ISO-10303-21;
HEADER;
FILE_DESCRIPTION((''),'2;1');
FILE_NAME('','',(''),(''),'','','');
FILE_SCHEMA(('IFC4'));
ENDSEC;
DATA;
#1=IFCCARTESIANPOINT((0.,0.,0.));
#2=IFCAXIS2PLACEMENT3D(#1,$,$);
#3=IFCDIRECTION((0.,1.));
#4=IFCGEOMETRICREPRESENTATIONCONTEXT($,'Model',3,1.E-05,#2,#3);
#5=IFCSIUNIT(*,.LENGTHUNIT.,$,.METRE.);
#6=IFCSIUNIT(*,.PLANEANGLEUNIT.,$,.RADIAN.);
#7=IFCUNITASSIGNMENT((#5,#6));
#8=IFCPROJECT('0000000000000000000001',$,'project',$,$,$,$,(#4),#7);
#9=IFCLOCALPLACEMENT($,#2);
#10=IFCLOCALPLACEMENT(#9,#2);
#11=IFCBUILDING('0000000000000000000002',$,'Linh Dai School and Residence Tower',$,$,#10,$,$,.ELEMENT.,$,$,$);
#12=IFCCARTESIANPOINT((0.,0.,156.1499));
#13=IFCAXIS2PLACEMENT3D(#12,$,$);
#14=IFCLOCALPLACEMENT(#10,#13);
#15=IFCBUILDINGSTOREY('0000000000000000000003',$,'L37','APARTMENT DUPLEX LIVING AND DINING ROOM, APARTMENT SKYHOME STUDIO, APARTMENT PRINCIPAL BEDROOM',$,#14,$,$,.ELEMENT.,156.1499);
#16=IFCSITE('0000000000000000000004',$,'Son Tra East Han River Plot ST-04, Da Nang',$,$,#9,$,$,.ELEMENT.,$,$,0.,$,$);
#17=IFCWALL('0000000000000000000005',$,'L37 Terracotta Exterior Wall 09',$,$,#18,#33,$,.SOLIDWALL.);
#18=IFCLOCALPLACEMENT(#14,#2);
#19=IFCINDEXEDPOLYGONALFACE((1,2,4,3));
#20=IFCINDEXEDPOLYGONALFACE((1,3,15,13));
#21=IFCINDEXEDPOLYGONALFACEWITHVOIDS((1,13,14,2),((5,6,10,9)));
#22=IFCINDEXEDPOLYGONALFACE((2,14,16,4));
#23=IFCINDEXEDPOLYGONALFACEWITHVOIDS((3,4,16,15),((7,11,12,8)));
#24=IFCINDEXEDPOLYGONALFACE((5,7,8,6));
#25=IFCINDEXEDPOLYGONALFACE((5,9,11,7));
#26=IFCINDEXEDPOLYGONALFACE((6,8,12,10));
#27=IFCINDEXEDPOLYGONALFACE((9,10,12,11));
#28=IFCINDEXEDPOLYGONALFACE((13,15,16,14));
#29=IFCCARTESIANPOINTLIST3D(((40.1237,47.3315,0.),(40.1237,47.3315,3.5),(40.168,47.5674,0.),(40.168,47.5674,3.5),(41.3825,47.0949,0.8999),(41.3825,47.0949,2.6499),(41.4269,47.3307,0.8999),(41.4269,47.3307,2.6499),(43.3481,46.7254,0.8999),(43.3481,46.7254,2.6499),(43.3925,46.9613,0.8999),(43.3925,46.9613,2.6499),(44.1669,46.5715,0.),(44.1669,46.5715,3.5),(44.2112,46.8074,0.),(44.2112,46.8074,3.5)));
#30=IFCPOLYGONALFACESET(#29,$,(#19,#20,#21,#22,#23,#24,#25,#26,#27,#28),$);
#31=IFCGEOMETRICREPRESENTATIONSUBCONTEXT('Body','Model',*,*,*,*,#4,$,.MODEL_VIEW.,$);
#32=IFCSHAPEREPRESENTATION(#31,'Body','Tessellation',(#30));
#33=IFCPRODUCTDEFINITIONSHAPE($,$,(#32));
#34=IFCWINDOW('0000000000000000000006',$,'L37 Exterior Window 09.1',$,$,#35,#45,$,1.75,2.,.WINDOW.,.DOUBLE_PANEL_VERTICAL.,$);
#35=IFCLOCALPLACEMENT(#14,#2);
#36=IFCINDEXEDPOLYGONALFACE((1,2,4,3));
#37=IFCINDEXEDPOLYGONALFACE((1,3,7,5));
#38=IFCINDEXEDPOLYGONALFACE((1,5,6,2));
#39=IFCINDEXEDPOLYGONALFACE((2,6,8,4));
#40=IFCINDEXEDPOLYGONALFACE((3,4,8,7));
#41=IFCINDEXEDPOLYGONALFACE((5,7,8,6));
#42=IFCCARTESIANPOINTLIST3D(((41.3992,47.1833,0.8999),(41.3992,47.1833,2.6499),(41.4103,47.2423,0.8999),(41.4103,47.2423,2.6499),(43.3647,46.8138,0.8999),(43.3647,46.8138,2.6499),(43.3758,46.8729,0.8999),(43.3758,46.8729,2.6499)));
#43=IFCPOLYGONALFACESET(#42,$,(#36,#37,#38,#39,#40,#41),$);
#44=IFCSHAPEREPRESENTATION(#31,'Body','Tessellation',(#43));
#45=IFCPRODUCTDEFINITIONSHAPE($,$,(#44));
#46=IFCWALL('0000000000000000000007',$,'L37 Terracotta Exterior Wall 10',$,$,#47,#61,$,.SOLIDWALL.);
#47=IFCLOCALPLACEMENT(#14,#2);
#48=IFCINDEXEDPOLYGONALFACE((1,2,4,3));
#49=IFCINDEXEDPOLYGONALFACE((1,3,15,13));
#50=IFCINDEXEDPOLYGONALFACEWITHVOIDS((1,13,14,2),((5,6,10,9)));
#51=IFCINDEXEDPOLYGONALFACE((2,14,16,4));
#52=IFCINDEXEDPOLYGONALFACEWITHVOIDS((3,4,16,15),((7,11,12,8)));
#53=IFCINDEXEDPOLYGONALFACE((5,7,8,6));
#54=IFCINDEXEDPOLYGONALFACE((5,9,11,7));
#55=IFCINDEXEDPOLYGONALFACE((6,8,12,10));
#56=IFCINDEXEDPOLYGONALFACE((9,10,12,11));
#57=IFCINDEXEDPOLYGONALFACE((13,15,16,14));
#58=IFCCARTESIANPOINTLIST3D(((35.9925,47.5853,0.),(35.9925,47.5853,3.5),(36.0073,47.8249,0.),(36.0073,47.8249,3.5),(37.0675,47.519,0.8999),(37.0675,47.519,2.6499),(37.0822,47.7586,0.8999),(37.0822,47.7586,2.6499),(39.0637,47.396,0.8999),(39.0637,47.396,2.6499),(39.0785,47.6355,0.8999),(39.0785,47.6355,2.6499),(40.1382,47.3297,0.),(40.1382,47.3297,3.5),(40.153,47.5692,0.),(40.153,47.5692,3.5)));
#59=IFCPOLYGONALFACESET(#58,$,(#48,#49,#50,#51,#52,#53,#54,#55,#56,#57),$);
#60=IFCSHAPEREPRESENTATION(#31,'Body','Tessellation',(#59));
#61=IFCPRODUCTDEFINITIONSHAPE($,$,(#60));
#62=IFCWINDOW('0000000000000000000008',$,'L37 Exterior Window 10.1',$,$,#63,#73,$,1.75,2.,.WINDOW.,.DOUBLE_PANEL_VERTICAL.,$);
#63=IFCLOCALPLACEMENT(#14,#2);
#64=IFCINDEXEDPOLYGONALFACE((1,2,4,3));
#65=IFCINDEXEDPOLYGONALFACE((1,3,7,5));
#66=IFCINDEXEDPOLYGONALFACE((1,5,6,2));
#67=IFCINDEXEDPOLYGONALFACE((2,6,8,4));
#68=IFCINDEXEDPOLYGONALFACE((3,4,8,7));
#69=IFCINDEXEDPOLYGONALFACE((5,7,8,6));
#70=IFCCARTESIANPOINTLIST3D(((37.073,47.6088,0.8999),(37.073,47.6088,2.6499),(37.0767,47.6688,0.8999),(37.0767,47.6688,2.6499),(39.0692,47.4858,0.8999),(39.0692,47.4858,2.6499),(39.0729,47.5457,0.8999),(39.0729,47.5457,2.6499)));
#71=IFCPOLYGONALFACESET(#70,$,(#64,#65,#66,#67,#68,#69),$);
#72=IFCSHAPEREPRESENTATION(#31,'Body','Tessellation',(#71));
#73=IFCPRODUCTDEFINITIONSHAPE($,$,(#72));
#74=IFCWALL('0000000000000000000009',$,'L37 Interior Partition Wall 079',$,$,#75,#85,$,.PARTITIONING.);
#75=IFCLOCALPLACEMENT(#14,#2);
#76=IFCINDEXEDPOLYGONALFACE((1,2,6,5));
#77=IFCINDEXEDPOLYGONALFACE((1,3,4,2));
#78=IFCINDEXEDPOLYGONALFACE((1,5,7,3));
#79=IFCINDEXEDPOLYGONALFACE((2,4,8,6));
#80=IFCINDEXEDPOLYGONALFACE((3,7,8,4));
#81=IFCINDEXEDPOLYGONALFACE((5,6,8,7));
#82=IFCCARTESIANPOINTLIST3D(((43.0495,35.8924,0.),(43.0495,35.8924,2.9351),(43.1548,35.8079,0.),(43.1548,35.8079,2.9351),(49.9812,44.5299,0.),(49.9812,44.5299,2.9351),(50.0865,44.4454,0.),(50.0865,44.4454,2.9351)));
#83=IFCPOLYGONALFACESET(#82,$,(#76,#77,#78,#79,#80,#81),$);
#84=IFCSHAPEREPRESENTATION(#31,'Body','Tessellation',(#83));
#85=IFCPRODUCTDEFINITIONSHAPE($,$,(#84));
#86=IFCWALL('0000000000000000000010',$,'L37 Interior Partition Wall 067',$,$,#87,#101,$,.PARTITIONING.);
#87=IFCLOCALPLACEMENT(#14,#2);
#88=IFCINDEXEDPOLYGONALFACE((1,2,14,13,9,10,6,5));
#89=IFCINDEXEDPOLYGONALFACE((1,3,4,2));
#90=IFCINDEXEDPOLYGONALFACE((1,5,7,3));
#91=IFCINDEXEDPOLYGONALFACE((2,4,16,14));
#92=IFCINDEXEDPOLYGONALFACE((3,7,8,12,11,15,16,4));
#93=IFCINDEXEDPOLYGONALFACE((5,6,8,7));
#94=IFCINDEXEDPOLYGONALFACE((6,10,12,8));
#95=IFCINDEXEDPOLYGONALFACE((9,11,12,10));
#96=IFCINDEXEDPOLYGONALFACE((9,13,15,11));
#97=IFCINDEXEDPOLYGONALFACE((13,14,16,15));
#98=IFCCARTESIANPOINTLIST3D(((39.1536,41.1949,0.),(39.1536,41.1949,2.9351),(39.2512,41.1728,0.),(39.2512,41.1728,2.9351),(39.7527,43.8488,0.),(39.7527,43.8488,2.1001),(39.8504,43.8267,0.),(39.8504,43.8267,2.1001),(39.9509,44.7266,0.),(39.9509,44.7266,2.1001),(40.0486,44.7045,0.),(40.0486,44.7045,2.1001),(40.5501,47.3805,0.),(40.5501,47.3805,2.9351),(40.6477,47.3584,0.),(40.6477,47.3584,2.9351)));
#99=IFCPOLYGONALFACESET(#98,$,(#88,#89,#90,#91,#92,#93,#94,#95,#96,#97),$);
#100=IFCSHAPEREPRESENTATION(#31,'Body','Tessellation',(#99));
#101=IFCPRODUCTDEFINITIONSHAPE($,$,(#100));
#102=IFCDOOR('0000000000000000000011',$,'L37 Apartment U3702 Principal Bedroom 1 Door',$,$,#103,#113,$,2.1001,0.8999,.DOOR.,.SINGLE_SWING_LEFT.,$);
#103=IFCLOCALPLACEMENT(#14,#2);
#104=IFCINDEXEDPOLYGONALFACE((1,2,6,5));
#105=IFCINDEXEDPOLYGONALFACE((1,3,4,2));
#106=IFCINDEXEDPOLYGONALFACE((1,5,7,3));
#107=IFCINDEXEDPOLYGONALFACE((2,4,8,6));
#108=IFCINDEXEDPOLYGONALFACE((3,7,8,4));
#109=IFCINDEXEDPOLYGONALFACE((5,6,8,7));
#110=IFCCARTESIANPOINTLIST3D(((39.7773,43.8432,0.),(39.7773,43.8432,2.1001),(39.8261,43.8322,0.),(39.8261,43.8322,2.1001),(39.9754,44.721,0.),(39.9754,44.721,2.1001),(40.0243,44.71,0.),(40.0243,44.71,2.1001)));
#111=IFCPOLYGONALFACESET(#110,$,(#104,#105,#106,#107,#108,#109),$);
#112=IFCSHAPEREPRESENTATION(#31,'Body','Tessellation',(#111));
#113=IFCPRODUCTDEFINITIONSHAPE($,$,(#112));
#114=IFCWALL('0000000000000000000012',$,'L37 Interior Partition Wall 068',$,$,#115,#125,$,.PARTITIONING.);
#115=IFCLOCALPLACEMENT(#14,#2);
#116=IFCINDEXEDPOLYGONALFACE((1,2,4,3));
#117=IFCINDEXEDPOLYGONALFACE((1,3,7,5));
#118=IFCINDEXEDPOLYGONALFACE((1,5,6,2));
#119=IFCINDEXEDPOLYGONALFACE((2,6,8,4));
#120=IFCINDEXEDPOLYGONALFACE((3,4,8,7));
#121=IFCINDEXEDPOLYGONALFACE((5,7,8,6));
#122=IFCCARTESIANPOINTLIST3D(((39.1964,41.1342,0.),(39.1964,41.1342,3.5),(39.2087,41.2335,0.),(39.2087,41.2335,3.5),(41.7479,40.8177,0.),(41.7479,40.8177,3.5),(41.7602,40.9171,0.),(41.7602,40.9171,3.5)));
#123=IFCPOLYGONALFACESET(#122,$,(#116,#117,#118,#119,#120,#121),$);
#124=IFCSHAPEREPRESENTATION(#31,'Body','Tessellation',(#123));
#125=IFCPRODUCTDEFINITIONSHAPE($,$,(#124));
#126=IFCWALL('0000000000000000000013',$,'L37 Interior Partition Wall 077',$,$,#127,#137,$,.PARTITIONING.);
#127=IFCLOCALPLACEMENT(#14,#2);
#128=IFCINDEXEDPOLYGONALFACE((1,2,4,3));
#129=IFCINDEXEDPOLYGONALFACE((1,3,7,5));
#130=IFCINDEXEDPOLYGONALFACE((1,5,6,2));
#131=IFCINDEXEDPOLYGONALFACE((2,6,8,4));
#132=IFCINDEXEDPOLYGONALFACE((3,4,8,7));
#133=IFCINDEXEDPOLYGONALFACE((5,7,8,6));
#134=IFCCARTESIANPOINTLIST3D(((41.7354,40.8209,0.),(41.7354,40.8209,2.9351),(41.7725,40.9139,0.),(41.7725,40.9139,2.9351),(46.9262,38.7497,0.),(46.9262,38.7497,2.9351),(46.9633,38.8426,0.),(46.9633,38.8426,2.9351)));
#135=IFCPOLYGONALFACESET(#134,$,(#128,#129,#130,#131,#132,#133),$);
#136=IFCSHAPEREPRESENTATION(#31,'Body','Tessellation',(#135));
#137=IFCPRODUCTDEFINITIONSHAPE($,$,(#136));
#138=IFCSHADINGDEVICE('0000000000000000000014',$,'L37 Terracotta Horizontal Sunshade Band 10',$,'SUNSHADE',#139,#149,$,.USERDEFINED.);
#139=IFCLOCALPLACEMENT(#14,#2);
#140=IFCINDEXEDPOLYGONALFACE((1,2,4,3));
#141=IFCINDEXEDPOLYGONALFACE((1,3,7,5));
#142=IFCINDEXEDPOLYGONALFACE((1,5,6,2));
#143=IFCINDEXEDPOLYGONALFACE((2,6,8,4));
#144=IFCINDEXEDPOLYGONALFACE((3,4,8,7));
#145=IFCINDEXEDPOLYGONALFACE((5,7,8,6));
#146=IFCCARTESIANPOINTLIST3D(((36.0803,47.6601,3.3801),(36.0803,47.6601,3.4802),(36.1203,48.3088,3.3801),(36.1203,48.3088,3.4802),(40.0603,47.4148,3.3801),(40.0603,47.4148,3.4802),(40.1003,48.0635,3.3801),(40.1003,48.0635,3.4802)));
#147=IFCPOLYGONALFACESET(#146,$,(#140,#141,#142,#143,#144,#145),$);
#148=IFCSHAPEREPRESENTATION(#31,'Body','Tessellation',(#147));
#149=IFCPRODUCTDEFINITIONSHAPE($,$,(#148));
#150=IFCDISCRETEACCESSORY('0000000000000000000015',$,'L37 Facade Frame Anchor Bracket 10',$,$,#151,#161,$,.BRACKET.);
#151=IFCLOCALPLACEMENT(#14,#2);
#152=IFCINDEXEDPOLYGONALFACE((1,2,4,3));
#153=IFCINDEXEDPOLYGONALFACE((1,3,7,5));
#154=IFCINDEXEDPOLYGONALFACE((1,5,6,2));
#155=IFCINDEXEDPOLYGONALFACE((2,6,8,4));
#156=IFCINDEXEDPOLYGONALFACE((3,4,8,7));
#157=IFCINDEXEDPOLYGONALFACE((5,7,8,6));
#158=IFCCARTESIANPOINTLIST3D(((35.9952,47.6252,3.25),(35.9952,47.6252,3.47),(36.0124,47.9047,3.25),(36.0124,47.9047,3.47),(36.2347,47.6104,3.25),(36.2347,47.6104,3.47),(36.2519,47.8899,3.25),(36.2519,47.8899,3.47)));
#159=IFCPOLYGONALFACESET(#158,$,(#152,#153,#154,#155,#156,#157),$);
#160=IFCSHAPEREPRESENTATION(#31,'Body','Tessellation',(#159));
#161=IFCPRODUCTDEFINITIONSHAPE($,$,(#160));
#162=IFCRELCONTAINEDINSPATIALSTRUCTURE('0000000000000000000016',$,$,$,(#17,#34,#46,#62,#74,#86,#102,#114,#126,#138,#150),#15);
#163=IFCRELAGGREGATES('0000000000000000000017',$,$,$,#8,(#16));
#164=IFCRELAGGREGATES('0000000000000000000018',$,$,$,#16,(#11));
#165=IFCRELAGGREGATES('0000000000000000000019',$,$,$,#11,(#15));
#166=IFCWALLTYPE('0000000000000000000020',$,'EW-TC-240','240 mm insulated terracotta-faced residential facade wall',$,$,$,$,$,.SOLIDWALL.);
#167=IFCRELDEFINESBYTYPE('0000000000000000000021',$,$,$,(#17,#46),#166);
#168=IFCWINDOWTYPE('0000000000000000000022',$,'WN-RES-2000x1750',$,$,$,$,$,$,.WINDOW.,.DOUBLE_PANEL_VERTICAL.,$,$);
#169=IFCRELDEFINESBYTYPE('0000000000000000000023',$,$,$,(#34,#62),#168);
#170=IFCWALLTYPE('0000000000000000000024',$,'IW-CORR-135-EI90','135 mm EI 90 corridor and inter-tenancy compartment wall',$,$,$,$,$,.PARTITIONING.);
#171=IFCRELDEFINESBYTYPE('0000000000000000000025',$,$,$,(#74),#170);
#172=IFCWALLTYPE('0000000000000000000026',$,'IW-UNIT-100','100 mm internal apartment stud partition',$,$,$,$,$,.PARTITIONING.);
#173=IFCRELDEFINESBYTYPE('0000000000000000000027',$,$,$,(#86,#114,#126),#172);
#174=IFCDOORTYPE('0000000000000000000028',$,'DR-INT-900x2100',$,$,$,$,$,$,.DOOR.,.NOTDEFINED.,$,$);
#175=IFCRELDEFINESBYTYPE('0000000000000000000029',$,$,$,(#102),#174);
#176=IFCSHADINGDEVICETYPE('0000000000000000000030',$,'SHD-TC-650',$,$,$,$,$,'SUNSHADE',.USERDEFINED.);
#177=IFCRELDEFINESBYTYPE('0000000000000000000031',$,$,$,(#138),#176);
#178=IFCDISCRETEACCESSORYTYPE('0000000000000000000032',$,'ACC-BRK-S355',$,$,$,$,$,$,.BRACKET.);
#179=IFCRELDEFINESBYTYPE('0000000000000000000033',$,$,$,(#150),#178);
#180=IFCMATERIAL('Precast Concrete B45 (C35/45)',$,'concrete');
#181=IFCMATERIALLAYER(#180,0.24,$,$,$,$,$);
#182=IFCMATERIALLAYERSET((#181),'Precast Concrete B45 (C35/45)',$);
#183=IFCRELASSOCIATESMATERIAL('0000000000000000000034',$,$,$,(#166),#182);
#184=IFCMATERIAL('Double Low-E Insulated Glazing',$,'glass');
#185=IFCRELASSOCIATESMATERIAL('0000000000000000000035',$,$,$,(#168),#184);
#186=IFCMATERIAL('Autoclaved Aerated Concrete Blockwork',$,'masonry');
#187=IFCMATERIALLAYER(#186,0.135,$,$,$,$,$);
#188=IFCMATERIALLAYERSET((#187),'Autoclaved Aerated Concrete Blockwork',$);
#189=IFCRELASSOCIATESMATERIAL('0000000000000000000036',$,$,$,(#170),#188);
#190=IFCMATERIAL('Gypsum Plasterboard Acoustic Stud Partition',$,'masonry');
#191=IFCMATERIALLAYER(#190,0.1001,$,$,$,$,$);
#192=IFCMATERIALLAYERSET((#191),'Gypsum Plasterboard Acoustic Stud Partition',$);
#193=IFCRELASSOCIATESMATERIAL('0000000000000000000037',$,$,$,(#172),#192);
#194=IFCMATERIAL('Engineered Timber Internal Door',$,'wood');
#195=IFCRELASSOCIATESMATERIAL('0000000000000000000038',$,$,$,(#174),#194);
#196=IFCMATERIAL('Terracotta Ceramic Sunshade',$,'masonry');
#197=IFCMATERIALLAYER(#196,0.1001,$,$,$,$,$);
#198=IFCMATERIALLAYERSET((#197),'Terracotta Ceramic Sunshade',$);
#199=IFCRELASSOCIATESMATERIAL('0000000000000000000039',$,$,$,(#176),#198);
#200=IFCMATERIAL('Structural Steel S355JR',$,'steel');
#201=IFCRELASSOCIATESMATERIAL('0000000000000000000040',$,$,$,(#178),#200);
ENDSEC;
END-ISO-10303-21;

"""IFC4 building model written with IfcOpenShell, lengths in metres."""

from ifc_helpers import new_model, si_unit, direction, frame, frame_2d, origin, origin_2d, place, context, subcontext, project, spatial, rectangle, extrude, source, transform, mapped, material, layer, layer_set, type_object, element, fill, save


model = new_model("IFC4")

# Units and contexts
model_context = context("Model", 3, precision=1e-05, world=origin(), true_north=direction((0.0, 1.0)))
body_context = subcontext(model_context, "Body", "Model", "MODEL_VIEW")
ifc_project = project(units=[si_unit("LENGTHUNIT", "METRE"), si_unit("PLANEANGLEUNIT", "RADIAN")], contexts=[model_context])

# Site, building, storey
site_placement = place(None, origin())
site = spatial("IfcSite", under=ifc_project, at=site_placement, Name="Son Tra East Han River Plot ST-04, Da Nang", CompositionType="ELEMENT", RefElevation=0.0)
building_placement = place(site_placement, origin())
building = spatial("IfcBuilding", under=site, at=building_placement, Name="Linh Dai School and Residence Tower", CompositionType="ELEMENT")
storey_placement = place(building_placement, frame((0.0, 0.0, 156.1499)))
storey = spatial("IfcBuildingStorey", under=building, at=storey_placement, Name="L37", Description="APARTMENT DUPLEX LIVING AND DINING ROOM, APARTMENT SKYHOME STUDIO, APARTMENT PRINCIPAL BEDROOM", CompositionType="ELEMENT", Elevation=156.1499)

# Shared definitions
ifc_material_1 = material(Name="Structural Steel S355JR", Category="steel")

# Shared definitions
ifc_material_2 = material(Name="Precast Concrete B45 (C35/45)", Category="concrete")

# Shared definitions
ifc_material_3 = material(Name="Double Low-E Insulated Glazing", Category="glass")

# Walls, openings, windows
ifc_layer_1 = layer(ifc_material_2, 0.24)
ifc_layer_set_1 = layer_set([ifc_layer_1], Name="Precast Concrete B45 (C35/45)")
wall_type_1 = type_object("IfcWallType", Name="EW-TC-240", Description="240 mm insulated terracotta-faced residential facade wall", PredefinedType="SOLIDWALL", material=ifc_layer_set_1)
wall_1_placement = place(storey_placement, frame((40.1458, 47.4495, 0.0), z_axis=(0.0, 0.0, 1.0), x_axis=(0.982788, -0.184736, 0.0)))
wall_1 = element("IfcWall", 1, at=wall_1_placement, inside=storey, type_object=wall_type_1, Name="L37 Terracotta Exterior Wall 09", PredefinedType="SOLIDWALL", context=body_context, shape_type="SweptSolid", body=[
    extrude(rectangle(XDim=4.114, YDim=0.24, at=frame_2d((2.0571, 0.0))), origin(), (0.0, 0.0, 1.0), 3.5),
])
opening_1_placement = place(wall_1_placement, frame((1.281, 0.0, 0.8999)))
opening_1 = element("IfcOpeningElement", 2, at=opening_1_placement, cuts=wall_1, PredefinedType="OPENING", context=body_context, shape_type="SweptSolid", body=[
    extrude(rectangle(XDim=2.0, YDim=1.75, at=origin_2d()), frame((1.0, 0.1299, 0.875), z_axis=(0.0, -1.0, 0.0), x_axis=(1.0, 0.0, 0.0)), (0.0, 0.0, 1.0), 0.26),
])
window_type = type_object("IfcWindowType", Name="WN-RES-2000x1750", PartitioningType="DOUBLE_PANEL_VERTICAL", PredefinedType="WINDOW", material=ifc_material_3)
shared_shape_1 = source(origin(), body_context, "Body", "SweptSolid", [
    extrude(rectangle(XDim=2.0, YDim=1.75, at=origin_2d()), frame((1.0, 0.03, 0.875), z_axis=(0.0, -1.0, 0.0), x_axis=(1.0, 0.0, 0.0)), (0.0, 0.0, 1.0), 0.0601),
])
window_1_placement = place(opening_1_placement, origin())
window_1 = element("IfcWindow", 3, at=window_1_placement, inside=storey, type_object=window_type, Name="L37 Exterior Window 09.1", OverallHeight=1.75, OverallWidth=2.0, PartitioningType="DOUBLE_PANEL_VERTICAL", PredefinedType="WINDOW", context=body_context, shape_type="MappedRepresentation", body=[
    mapped(shared_shape_1, transform((0.0, 0.0, 0.0), x_axis=(1.0, 0.0, 0.0), y_axis=(0.0, 1.0, 0.0), z_axis=(0.0, 0.0, 1.0), scale=1.0)),
])
fill(opening_1, window_1)
wall_2_placement = place(storey_placement, frame((36.0, 47.7051, 0.0), z_axis=(0.0, 0.0, 1.0), x_axis=(0.998105, -0.06154, 0.0)))
wall_2 = element("IfcWall", 4, at=wall_2_placement, inside=storey, type_object=wall_type_1, Name="L37 Terracotta Exterior Wall 10", PredefinedType="SOLIDWALL", context=body_context, shape_type="SweptSolid", body=[
    extrude(rectangle(XDim=4.1536, YDim=0.24, at=frame_2d((2.0767, 0.0))), origin(), (0.0, 0.0, 1.0), 3.5),
])
opening_2_placement = place(wall_2_placement, frame((1.0769, 0.0, 0.8999)))
opening_2 = element("IfcOpeningElement", 5, at=opening_2_placement, cuts=wall_2, PredefinedType="OPENING", context=body_context, shape_type="SweptSolid", body=[
    extrude(rectangle(XDim=2.0, YDim=1.75, at=origin_2d()), frame((1.0, 0.1299, 0.875), z_axis=(0.0, -1.0, 0.0), x_axis=(1.0, 0.0, 0.0)), (0.0, 0.0, 1.0), 0.26),
])
window_2_placement = place(opening_2_placement, origin())
window_2 = element("IfcWindow", 6, at=window_2_placement, inside=storey, type_object=window_type, Name="L37 Exterior Window 10.1", OverallHeight=1.75, OverallWidth=2.0, PartitioningType="DOUBLE_PANEL_VERTICAL", PredefinedType="WINDOW", context=body_context, shape_type="MappedRepresentation", body=[
    mapped(shared_shape_1, transform((0.0, 0.0, 0.0), x_axis=(1.0, 0.0, 0.0), y_axis=(0.0, 1.0, 0.0), z_axis=(0.0, 0.0, 1.0), scale=1.0)),
])
fill(opening_2, window_2)

# Wall
ifc_material_4 = material(Name="Autoclaved Aerated Concrete Blockwork", Category="masonry")
ifc_layer_2 = layer(ifc_material_4, 0.135)
ifc_layer_set_2 = layer_set([ifc_layer_2], Name="Autoclaved Aerated Concrete Blockwork")
wall_type_2 = type_object("IfcWallType", Name="IW-CORR-135-EI90", Description="135 mm EI 90 corridor and inter-tenancy compartment wall", PredefinedType="PARTITIONING", material=ifc_layer_set_2)
wall_3_placement = place(storey_placement, frame((43.1021, 35.8501, 0.0), z_axis=(0.0, 0.0, 1.0), x_axis=(0.625888, 0.779913, 0.0)))
element("IfcWall", 7, at=wall_3_placement, inside=storey, type_object=wall_type_2, Name="L37 Interior Partition Wall 079", PredefinedType="PARTITIONING", context=body_context, shape_type="SweptSolid", body=[
    extrude(rectangle(XDim=11.075, YDim=0.135, at=frame_2d((5.5376, 0.0))), origin(), (0.0, 0.0, 1.0), 2.9351),
])

# Wall, opening, door
ifc_material_5 = material(Name="Gypsum Plasterboard Acoustic Stud Partition", Category="masonry")
ifc_layer_3 = layer(ifc_material_5, 0.1001)
ifc_layer_set_3 = layer_set([ifc_layer_3], Name="Gypsum Plasterboard Acoustic Stud Partition")
wall_type_3 = type_object("IfcWallType", Name="IW-UNIT-100", Description="100 mm internal apartment stud partition", PredefinedType="PARTITIONING", material=ifc_layer_set_3)
wall_4_placement = place(storey_placement, frame((39.2024, 41.1838, 0.0), z_axis=(0.0, 0.0, 1.0), x_axis=(0.220223, 0.97545, 0.0)))
wall_4 = element("IfcWall", 8, at=wall_4_placement, inside=storey, type_object=wall_type_3, Name="L37 Interior Partition Wall 067", PredefinedType="PARTITIONING", context=body_context, shape_type="SweptSolid", body=[
    extrude(rectangle(XDim=6.3413, YDim=0.1001, at=frame_2d((3.1707, 0.0))), origin(), (0.0, 0.0, 1.0), 2.9351),
])
opening_3_placement = place(wall_4_placement, frame((2.7207, 0.0, 0.0)))
opening_3 = element("IfcOpeningElement", 9, at=opening_3_placement, cuts=wall_4, PredefinedType="OPENING", context=body_context, shape_type="SweptSolid", body=[
    extrude(rectangle(XDim=0.8999, YDim=2.1001, at=origin_2d()), frame((0.45, 0.0601, 1.05), z_axis=(0.0, -1.0, 0.0), x_axis=(1.0, 0.0, 0.0)), (0.0, 0.0, 1.0), 0.1201),
])
ifc_material_6 = material(Name="Engineered Timber Internal Door", Category="wood")
door_type = type_object("IfcDoorType", Name="DR-INT-900x2100", OperationType="NOTDEFINED", PredefinedType="DOOR", material=ifc_material_6)
shared_shape_2 = source(origin(), body_context, "Body", "SweptSolid", [
    extrude(rectangle(XDim=0.8999, YDim=2.1001, at=origin_2d()), frame((0.45, 0.0249, 1.05), z_axis=(0.0, -1.0, 0.0), x_axis=(1.0, 0.0, 0.0)), (0.0, 0.0, 1.0), 0.05),
])
door_placement = place(opening_3_placement, origin())
door = element("IfcDoor", 10, at=door_placement, inside=storey, type_object=door_type, Name="L37 Apartment U3702 Principal Bedroom 1 Door", OperationType="SINGLE_SWING_LEFT", OverallHeight=2.1001, OverallWidth=0.8999, PredefinedType="DOOR", context=body_context, shape_type="MappedRepresentation", body=[
    mapped(shared_shape_2, transform((0.0, 0.0, 0.0), x_axis=(1.0, 0.0, 0.0), y_axis=(0.0, 1.0, 0.0), z_axis=(0.0, 0.0, 1.0), scale=1.0)),
])
fill(opening_3, door)

# Walls
wall_5_placement = place(storey_placement, frame((39.2024, 41.1838, 0.0), z_axis=(0.0, 0.0, 1.0), x_axis=(0.992399, -0.123065, 0.0)))
element("IfcWall", 11, at=wall_5_placement, inside=storey, type_object=wall_type_3, Name="L37 Interior Partition Wall 068", PredefinedType="PARTITIONING", context=body_context, shape_type="SweptSolid", body=[
    extrude(rectangle(XDim=2.571, YDim=0.1001, at=frame_2d((1.2856, 0.0))), origin(), (0.0, 0.0, 1.0), 3.5),
])
wall_6_placement = place(storey_placement, frame((41.7539, 40.8674, 0.0), z_axis=(0.0, 0.0, 1.0), x_axis=(0.92879, -0.370607, 0.0)))
element("IfcWall", 12, at=wall_6_placement, inside=storey, type_object=wall_type_3, Name="L37 Interior Partition Wall 077", PredefinedType="PARTITIONING", context=body_context, shape_type="SweptSolid", body=[
    extrude(rectangle(XDim=5.5889, YDim=0.1001, at=frame_2d((2.7944, 0.0))), origin(), (0.0, 0.0, 1.0), 2.9351),
])

# Shading device
ifc_material_7 = material(Name="Terracotta Ceramic Sunshade", Category="masonry")
ifc_layer_4 = layer(ifc_material_7, 0.1001)
ifc_layer_set_4 = layer_set([ifc_layer_4], Name="Terracotta Ceramic Sunshade")
shading_device_type = type_object("IfcShadingDeviceType", Name="SHD-TC-650", ElementType="SUNSHADE", PredefinedType="USERDEFINED", material=ifc_layer_set_4)
shared_shape_3 = source(origin(), body_context, "Body", "SweptSolid", [
    extrude(rectangle(XDim=3.9875, YDim=0.6499, at=origin_2d()), origin(), (0.0, 0.0, 1.0), 0.1001),
])
shading_device_placement = place(storey_placement, frame((38.0903, 47.8618, 3.3801), z_axis=(0.0, 0.0, 1.0), x_axis=(0.998106, -0.061512, 0.0)))
element("IfcShadingDevice", 13, at=shading_device_placement, inside=storey, type_object=shading_device_type, Name="L37 Terracotta Horizontal Sunshade Band 10", ObjectType="SUNSHADE", PredefinedType="USERDEFINED", context=body_context, shape_type="MappedRepresentation", body=[
    mapped(shared_shape_3, transform((0.0, 0.0, 0.0), x_axis=(1.0, 0.0, 0.0), y_axis=(0.0, 1.0, 0.0), z_axis=(0.0, 0.0, 1.0), scale=1.0)),
])

# Discrete accessory
discrete_accessory_type = type_object("IfcDiscreteAccessoryType", Name="ACC-BRK-S355", PredefinedType="BRACKET", material=ifc_material_1)
shared_shape_4 = source(origin(), body_context, "Body", "SweptSolid", [
    extrude(rectangle(XDim=0.28, YDim=0.24, at=origin_2d()), origin(), (0.0, 0.0, 1.0), 0.22),
])
discrete_accessory_placement = place(storey_placement, frame((36.1235, 47.7576, 3.25), z_axis=(0.0, 0.0, 1.0), x_axis=(0.061512, 0.998106, 0.0)))
element("IfcDiscreteAccessory", 14, at=discrete_accessory_placement, inside=storey, type_object=discrete_accessory_type, Name="L37 Facade Frame Anchor Bracket 10", PredefinedType="BRACKET", context=body_context, shape_type="MappedRepresentation", body=[
    mapped(shared_shape_4, transform((0.0, 0.0, 0.0), x_axis=(1.0, 0.0, 0.0), y_axis=(0.0, 1.0, 0.0), z_axis=(0.0, 0.0, 1.0), scale=1.0)),
])

save(model, "model.ifc")
